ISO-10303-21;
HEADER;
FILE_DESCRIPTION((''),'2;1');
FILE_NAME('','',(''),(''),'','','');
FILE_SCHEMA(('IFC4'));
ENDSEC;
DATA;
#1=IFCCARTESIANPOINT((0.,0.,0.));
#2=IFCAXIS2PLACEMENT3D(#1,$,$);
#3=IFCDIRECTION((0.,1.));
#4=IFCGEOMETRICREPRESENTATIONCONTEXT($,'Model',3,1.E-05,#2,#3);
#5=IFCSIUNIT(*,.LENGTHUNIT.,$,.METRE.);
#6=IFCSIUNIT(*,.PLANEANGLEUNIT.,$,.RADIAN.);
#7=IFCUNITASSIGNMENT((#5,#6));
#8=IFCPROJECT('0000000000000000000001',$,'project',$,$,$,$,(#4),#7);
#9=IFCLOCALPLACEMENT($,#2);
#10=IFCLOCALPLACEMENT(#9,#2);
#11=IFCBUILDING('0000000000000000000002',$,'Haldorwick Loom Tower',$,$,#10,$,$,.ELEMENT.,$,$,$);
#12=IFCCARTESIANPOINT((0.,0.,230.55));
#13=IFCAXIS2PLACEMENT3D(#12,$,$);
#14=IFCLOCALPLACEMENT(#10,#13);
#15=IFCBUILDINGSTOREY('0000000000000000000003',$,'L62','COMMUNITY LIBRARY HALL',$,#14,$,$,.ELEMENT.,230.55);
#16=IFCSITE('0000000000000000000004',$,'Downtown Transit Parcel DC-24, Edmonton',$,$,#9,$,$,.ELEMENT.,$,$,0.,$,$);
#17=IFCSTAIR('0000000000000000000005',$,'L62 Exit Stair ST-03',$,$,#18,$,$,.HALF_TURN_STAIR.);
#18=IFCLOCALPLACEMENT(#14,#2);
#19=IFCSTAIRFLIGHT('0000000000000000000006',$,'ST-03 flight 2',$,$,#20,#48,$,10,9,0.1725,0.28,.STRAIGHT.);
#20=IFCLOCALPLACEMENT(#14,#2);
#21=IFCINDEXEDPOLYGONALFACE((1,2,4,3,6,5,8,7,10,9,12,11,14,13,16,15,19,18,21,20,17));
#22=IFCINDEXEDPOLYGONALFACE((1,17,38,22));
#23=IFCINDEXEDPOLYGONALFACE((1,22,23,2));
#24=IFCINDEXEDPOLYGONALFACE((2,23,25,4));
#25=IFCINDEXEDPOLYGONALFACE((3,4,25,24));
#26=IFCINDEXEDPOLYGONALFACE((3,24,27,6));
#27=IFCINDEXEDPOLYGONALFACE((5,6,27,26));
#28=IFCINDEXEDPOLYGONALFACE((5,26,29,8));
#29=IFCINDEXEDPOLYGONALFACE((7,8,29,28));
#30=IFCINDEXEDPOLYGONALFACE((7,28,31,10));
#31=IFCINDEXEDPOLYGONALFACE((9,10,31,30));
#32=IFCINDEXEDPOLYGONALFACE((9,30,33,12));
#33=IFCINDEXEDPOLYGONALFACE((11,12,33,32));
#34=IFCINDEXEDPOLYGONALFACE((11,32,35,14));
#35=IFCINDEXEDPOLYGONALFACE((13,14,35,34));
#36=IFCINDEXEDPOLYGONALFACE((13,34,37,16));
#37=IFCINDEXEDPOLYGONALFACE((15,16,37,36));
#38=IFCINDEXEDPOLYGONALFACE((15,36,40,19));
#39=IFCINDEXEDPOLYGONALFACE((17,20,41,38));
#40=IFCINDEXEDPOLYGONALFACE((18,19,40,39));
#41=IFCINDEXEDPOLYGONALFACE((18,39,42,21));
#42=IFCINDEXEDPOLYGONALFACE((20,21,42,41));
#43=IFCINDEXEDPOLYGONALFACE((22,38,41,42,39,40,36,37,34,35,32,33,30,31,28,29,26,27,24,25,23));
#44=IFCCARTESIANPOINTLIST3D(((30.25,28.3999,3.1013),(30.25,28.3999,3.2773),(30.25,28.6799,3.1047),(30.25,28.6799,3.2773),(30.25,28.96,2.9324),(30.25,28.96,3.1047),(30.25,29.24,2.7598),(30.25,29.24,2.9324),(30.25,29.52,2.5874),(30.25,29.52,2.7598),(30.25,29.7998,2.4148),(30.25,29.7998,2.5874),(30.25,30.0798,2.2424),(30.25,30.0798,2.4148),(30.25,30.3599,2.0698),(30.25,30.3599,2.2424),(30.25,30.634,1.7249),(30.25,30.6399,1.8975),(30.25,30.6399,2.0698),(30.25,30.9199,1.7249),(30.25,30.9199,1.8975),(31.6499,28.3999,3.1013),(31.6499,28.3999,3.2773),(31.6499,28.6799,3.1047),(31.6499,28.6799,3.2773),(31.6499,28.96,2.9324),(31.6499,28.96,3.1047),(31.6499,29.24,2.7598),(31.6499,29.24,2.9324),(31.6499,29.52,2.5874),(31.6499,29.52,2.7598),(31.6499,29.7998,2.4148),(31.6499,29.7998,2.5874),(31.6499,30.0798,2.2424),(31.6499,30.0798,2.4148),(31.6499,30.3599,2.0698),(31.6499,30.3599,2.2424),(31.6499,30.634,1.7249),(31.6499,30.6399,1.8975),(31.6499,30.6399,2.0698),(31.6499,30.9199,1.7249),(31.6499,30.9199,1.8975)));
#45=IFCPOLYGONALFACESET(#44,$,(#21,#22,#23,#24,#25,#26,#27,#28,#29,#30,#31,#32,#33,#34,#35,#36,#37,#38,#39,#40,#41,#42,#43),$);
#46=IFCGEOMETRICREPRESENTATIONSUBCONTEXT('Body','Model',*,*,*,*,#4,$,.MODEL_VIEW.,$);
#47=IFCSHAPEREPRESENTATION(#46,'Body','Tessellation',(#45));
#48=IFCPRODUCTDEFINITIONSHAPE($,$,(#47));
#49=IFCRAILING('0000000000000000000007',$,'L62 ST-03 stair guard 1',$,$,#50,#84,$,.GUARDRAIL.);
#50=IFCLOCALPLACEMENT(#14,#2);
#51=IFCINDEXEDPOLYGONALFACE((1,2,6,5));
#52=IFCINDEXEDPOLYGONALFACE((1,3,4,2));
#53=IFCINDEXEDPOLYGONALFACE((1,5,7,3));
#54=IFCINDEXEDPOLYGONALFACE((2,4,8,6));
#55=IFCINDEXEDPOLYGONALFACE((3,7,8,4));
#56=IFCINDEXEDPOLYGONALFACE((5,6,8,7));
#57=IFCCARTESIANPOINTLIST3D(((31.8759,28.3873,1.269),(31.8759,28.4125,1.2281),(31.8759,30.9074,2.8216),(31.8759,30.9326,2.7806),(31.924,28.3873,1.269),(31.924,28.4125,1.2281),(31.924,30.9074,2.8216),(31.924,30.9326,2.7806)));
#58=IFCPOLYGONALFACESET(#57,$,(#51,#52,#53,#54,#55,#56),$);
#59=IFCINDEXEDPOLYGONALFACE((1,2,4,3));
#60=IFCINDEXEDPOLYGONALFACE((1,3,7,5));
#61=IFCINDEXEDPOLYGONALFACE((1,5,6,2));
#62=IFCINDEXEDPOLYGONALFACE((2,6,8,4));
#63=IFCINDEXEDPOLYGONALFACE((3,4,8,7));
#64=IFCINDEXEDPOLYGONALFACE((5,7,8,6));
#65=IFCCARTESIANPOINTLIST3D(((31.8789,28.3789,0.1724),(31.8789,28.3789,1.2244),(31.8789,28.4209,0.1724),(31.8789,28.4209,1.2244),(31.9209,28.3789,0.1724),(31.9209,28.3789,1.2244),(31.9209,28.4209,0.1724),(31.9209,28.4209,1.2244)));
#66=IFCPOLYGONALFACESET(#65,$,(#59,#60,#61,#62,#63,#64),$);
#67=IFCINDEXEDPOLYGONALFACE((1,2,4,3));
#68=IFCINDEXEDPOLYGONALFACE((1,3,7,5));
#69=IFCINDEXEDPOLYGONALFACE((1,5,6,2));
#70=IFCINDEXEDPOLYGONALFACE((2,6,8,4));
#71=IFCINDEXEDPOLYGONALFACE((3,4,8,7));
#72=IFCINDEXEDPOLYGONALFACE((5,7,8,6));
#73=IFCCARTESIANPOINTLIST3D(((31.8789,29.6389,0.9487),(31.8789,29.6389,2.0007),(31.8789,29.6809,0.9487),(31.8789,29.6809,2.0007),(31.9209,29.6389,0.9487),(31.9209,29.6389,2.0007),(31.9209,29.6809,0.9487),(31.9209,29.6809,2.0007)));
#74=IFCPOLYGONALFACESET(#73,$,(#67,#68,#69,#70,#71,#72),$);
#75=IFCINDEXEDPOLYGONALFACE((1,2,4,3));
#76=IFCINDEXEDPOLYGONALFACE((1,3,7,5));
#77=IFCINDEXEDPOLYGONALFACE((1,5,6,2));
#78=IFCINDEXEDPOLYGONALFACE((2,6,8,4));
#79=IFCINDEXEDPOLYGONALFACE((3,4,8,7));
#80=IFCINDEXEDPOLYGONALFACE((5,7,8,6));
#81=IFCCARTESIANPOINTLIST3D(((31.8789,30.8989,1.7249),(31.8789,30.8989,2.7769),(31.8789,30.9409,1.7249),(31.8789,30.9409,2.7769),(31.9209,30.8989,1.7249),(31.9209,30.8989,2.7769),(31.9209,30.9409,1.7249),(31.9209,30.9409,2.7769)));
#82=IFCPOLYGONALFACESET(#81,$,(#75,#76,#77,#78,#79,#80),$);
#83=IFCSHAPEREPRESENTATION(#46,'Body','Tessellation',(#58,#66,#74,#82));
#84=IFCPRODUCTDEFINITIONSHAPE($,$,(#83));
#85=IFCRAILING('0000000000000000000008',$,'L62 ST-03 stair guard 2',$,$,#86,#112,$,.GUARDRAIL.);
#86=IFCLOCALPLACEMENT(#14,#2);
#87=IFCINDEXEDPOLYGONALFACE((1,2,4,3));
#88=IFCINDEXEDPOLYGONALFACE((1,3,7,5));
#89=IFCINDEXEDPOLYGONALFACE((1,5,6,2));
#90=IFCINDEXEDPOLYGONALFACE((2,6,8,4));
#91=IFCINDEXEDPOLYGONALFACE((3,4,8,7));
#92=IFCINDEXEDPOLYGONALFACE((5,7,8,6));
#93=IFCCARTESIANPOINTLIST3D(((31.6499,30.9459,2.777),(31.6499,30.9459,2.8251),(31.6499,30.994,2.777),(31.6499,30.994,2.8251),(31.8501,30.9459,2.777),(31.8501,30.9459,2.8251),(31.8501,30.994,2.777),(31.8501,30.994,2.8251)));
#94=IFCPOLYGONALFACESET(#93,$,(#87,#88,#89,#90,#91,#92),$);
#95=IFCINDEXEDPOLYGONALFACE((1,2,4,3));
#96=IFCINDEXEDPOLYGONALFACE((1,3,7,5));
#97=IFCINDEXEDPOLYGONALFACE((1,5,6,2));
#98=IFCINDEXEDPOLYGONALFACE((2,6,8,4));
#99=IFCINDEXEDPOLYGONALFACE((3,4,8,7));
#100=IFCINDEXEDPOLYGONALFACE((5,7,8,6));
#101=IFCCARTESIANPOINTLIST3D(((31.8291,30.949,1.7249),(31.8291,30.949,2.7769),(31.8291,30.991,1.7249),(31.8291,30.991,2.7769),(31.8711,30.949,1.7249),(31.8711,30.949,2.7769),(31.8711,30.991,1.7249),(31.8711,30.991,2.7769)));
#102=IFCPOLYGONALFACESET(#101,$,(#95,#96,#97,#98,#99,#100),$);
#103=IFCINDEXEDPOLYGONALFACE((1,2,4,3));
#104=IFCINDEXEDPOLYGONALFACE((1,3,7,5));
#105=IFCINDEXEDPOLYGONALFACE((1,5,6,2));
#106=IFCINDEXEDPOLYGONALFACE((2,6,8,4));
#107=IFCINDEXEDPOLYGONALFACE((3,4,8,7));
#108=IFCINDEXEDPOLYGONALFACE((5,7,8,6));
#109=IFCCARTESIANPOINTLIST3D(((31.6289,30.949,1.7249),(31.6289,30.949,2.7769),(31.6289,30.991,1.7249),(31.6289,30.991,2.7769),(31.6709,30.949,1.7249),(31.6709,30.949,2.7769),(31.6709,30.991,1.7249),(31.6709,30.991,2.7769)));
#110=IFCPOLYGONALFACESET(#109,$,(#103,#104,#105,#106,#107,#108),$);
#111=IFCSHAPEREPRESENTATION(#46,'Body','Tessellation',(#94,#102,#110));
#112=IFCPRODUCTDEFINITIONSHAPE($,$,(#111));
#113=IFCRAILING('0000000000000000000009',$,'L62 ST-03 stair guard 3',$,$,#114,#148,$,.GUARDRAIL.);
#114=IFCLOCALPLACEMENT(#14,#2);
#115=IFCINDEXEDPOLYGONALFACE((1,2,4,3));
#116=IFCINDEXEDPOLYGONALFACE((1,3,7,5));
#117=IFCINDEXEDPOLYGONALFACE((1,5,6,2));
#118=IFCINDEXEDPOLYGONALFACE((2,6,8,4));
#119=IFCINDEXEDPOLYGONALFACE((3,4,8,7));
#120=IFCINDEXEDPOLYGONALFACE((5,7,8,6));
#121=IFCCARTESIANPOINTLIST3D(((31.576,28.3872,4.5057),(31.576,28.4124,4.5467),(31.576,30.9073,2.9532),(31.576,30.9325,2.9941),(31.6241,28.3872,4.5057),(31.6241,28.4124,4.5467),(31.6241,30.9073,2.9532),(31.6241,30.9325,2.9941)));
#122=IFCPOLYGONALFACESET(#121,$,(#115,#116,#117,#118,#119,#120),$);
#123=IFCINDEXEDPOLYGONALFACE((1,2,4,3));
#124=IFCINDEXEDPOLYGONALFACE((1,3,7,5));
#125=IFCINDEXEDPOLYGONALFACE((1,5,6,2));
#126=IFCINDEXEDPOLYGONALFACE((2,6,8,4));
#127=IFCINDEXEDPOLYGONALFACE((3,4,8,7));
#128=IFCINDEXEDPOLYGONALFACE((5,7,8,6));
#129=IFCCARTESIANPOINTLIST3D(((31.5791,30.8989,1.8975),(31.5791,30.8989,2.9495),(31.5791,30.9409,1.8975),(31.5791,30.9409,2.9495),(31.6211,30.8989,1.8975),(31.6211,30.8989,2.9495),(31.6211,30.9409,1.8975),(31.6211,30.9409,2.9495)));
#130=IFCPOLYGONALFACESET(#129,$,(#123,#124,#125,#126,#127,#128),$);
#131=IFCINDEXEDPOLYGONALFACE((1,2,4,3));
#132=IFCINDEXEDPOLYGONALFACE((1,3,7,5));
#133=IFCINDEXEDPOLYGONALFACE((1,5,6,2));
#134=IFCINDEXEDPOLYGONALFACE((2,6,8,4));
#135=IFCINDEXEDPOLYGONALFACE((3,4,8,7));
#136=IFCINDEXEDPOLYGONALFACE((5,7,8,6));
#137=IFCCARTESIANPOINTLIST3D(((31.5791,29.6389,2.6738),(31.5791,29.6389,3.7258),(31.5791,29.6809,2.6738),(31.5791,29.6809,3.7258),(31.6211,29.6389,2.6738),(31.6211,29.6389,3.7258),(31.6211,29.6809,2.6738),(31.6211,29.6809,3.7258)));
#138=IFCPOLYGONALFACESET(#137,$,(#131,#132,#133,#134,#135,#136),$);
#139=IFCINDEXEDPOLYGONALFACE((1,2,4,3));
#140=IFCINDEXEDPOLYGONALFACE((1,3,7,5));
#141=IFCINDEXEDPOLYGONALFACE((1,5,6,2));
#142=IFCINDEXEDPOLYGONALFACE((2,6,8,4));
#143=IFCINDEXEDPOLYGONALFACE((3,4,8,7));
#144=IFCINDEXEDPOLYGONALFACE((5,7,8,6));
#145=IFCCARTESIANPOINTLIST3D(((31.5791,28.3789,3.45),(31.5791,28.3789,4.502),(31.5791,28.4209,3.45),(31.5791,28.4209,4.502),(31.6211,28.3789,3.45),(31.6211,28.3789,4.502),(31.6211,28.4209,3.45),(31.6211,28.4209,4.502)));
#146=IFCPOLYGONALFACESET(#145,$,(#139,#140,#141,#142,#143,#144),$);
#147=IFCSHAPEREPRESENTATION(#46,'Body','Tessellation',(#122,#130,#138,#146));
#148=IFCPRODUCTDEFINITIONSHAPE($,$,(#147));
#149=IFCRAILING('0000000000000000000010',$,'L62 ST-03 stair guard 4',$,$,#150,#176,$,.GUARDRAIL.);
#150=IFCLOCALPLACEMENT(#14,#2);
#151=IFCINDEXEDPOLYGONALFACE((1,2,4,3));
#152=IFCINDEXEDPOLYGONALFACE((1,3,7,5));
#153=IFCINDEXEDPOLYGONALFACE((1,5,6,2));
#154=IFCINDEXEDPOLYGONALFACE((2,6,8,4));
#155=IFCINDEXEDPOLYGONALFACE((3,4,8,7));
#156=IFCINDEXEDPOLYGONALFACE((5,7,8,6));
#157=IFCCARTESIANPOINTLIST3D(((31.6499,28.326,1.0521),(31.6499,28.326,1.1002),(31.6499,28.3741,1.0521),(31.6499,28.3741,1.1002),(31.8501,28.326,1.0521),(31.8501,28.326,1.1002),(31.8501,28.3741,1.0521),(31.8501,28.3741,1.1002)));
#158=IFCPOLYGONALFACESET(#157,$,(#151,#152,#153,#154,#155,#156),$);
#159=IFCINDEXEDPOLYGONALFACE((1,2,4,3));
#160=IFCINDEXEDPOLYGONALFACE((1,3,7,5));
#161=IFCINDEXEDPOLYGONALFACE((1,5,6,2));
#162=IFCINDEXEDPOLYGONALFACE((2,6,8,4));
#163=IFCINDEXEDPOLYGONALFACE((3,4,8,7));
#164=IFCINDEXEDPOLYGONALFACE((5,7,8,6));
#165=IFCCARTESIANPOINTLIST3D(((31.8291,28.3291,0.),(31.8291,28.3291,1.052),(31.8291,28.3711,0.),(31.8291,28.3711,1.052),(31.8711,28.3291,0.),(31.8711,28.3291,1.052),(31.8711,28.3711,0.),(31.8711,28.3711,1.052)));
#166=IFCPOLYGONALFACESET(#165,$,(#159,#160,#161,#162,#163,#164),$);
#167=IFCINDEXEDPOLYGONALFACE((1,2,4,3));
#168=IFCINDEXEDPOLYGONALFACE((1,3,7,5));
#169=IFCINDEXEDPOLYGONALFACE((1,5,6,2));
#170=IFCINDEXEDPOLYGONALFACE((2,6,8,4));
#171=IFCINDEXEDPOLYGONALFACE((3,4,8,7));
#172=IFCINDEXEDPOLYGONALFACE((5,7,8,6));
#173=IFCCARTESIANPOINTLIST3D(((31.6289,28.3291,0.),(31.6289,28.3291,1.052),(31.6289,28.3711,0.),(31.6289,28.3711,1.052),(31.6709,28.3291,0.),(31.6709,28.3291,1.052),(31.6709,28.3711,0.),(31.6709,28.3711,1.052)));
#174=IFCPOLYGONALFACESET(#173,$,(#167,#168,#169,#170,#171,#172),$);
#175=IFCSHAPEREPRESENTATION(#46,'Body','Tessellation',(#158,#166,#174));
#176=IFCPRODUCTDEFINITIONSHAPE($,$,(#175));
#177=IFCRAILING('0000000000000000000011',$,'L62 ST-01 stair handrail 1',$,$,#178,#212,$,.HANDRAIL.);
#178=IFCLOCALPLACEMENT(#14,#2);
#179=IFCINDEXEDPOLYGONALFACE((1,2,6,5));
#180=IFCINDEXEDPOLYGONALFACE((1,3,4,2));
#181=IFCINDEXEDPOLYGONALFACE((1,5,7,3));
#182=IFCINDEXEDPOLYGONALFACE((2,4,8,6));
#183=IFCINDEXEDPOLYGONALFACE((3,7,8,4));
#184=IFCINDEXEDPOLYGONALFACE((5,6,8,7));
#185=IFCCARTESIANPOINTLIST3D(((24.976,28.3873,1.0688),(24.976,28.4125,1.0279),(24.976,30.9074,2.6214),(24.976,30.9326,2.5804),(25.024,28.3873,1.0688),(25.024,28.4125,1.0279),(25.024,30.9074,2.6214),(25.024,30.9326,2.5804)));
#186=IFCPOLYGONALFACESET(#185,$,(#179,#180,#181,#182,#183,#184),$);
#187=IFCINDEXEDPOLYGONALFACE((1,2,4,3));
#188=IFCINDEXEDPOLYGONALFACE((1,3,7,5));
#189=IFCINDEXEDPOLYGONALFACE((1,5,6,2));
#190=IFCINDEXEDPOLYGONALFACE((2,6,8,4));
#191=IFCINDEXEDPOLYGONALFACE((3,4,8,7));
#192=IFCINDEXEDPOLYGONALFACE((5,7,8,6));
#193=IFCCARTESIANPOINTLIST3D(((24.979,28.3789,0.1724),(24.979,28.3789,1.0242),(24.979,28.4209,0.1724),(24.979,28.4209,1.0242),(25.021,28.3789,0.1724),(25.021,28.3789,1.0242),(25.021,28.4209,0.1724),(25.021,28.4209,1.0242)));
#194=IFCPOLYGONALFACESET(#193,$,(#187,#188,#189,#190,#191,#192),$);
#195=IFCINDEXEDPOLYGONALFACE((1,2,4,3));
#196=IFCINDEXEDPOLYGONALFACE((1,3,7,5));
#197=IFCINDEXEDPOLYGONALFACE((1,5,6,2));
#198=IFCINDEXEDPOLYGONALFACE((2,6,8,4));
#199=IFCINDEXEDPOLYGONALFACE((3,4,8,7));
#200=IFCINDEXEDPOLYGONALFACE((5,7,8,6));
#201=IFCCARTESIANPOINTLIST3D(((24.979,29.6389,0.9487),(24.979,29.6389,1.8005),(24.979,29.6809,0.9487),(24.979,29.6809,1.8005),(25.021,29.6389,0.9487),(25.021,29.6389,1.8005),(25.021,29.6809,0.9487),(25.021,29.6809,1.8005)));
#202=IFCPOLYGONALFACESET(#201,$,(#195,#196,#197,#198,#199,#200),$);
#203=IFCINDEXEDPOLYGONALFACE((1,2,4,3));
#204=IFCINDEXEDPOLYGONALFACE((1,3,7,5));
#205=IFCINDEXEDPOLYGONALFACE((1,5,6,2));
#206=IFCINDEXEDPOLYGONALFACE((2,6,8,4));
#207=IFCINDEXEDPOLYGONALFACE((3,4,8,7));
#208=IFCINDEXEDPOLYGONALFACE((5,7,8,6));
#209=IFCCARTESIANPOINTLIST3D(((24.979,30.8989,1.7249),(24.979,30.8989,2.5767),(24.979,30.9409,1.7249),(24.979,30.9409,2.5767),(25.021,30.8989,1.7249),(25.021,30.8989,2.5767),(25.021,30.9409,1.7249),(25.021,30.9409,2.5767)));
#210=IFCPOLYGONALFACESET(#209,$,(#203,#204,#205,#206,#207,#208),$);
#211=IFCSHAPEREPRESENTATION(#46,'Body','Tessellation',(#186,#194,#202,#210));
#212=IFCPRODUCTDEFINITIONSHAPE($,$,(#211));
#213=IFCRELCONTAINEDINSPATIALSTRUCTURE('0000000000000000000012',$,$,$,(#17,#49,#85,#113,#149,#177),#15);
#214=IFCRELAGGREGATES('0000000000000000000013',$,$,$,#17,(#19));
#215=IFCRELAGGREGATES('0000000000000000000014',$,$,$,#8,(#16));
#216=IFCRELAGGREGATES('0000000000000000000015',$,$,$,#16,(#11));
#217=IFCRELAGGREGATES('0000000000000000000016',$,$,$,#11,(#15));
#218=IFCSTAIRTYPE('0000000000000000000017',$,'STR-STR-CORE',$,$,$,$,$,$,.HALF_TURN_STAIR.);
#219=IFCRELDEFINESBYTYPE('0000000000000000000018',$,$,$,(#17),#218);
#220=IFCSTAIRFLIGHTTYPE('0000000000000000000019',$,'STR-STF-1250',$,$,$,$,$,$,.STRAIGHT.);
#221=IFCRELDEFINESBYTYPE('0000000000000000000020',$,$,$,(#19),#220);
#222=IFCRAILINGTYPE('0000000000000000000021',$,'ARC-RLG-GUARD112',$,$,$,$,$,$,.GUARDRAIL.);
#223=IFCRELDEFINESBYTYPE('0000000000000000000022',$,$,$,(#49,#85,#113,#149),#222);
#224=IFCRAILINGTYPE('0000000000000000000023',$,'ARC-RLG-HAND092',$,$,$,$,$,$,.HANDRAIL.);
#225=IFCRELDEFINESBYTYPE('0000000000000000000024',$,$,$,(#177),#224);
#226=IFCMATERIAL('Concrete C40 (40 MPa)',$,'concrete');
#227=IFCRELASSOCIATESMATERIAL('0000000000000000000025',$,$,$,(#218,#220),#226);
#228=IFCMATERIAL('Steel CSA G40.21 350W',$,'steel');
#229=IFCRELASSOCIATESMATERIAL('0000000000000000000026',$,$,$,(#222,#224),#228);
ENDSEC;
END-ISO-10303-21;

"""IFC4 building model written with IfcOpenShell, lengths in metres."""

from ifc_helpers import new_model, si_unit, direction, frame, origin, origin_2d, place, context, subcontext, project, spatial, polyline, rectangle, outline, extrude, material, type_object, element, aggregate, save


model = new_model("IFC4")

# Units and contexts
model_context = context("Model", 3, precision=1e-05, world=origin(), true_north=direction((0.0, 1.0)))
body_context = subcontext(model_context, "Body", "Model", "MODEL_VIEW")
ifc_project = project(units=[si_unit("LENGTHUNIT", "METRE"), si_unit("PLANEANGLEUNIT", "RADIAN")], contexts=[model_context])

# Site, building, storey
site_placement = place(None, origin())
site = spatial("IfcSite", under=ifc_project, at=site_placement, Name="Downtown Transit Parcel DC-24, Edmonton", CompositionType="ELEMENT", RefElevation=0.0)
building_placement = place(site_placement, origin())
building = spatial("IfcBuilding", under=site, at=building_placement, Name="Haldorwick Loom Tower", CompositionType="ELEMENT")
storey_placement = place(building_placement, frame((0.0, 0.0, 230.55)))
storey = spatial("IfcBuildingStorey", under=building, at=storey_placement, Name="L62", Description="COMMUNITY LIBRARY HALL", CompositionType="ELEMENT", Elevation=230.55)

# Shared definitions
ifc_material_1 = material(Name="Steel CSA G40.21 350W", Category="steel")

# Stair, stair flight
ifc_material_2 = material(Name="Concrete C40 (40 MPa)", Category="concrete")
stair_type = type_object("IfcStairType", Name="STR-STR-CORE", PredefinedType="HALF_TURN_STAIR", material=ifc_material_2)
stair_placement = place(storey_placement, origin())
stair = element("IfcStair", 1, at=stair_placement, inside=storey, type_object=stair_type, Name="L62 Exit Stair ST-03", PredefinedType="HALF_TURN_STAIR")
stair_flight_type = type_object("IfcStairFlightType", Name="STR-STF-1250", PredefinedType="STRAIGHT", material=ifc_material_2)
stair_flight_1_placement = place(storey_placement, frame((30.95, 30.9199, 1.7249), z_axis=(0.0, 0.0, 1.0), x_axis=(0.0, -1.0, 0.0)))
stair_flight_1 = element("IfcStairFlight", 2, at=stair_flight_1_placement, type_object=stair_flight_type, Name="ST-03 flight 2", NumberOfRisers=10, NumberOfTreads=9, PredefinedType="STRAIGHT", RiserHeight=0.1725, TreadLength=0.28, context=body_context, shape_type="SweptSolid", body=[
    extrude(outline(polyline([(0.0, 0.0), (0.0, 0.1726), (0.28, 0.1726), (0.28, 0.345), (0.5601, 0.345), (0.5601, 0.5176), (0.8401, 0.5176), (0.8401, 0.6899), (1.1201, 0.6899), (1.1201, 0.8625), (1.3999, 0.8625), (1.3999, 1.0349), (1.6799, 1.0349), (1.6799, 1.2075), (1.96, 1.2075), (1.96, 1.3799), (2.24, 1.3799), (2.24, 1.5525), (2.52, 1.5525), (2.52, 1.7251), (2.52, 1.3765), (0.2859, 0.0), (0.0, 0.0)])), frame((0.0, 0.7, 0.0), z_axis=(0.0, -1.0, 0.0), x_axis=(1.0, 0.0, 0.0)), (0.0, 0.0, 1.0), 1.3999),
])
aggregate(stair, [stair_flight_1])

# Railings
railing_type_1 = type_object("IfcRailingType", Name="ARC-RLG-GUARD112", PredefinedType="GUARDRAIL", material=ifc_material_1)
railing_1_placement = place(storey_placement, frame((31.8999, 28.3999, 0.1724)))
element("IfcRailing", 3, at=railing_1_placement, inside=storey, type_object=railing_type_1, Name="L62 ST-03 stair guard 1", PredefinedType="GUARDRAIL", context=body_context, shape_type="SweptSolid", body=[
    extrude(rectangle(XDim=0.0481, YDim=0.0481, at=origin_2d()), frame((0.0, 0.0, 1.0762), z_axis=(0.0, 0.8514, 0.524516), x_axis=(-1.0, 0.0, 0.0)), (0.0, 0.0, 1.0), 2.96),
    extrude(rectangle(XDim=0.042, YDim=0.042, at=origin_2d()), origin(), (0.0, 0.0, 1.0), 1.052),
    extrude(rectangle(XDim=0.042, YDim=0.042, at=origin_2d()), frame((0.0, 1.26, 0.7764)), (0.0, 0.0, 1.0), 1.052),
    extrude(rectangle(XDim=0.042, YDim=0.042, at=origin_2d()), frame((0.0, 2.52, 1.5525)), (0.0, 0.0, 1.0), 1.052),
])
railing_2_placement = place(storey_placement, frame((31.8501, 30.97, 1.7249)))
element("IfcRailing", 4, at=railing_2_placement, inside=storey, type_object=railing_type_1, Name="L62 ST-03 stair guard 2", PredefinedType="GUARDRAIL", context=body_context, shape_type="SweptSolid", body=[
    extrude(rectangle(XDim=0.0481, YDim=0.0481, at=origin_2d()), frame((0.0, 0.0, 1.0762), z_axis=(-1.0, 0.0, 0.0), x_axis=(0.0, -1.0, 0.0)), (0.0, 0.0, 1.0), 0.2002),
    extrude(rectangle(XDim=0.042, YDim=0.042, at=origin_2d()), origin(), (0.0, 0.0, 1.0), 1.052),
    extrude(rectangle(XDim=0.042, YDim=0.042, at=origin_2d()), frame((-0.2002, 0.0, 0.0)), (0.0, 0.0, 1.0), 1.052),
])
railing_3_placement = place(storey_placement, frame((31.6001, 30.9199, 1.8975)))
element("IfcRailing", 5, at=railing_3_placement, inside=storey, type_object=railing_type_1, Name="L62 ST-03 stair guard 3", PredefinedType="GUARDRAIL", context=body_context, shape_type="SweptSolid", body=[
    extrude(rectangle(XDim=0.0481, YDim=0.0481, at=origin_2d()), frame((0.0, 0.0, 1.0762), z_axis=(0.0, -0.8514, 0.524516), x_axis=(1.0, 0.0, 0.0)), (0.0, 0.0, 1.0), 2.96),
    extrude(rectangle(XDim=0.042, YDim=0.042, at=origin_2d()), origin(), (0.0, 0.0, 1.0), 1.052),
    extrude(rectangle(XDim=0.042, YDim=0.042, at=origin_2d()), frame((0.0, -1.26, 0.7764)), (0.0, 0.0, 1.0), 1.052),
    extrude(rectangle(XDim=0.042, YDim=0.042, at=origin_2d()), frame((0.0, -2.52, 1.5525)), (0.0, 0.0, 1.0), 1.052),
])
railing_4_placement = place(storey_placement, frame((31.8501, 28.3501, 0.0)))
element("IfcRailing", 6, at=railing_4_placement, inside=storey, type_object=railing_type_1, Name="L62 ST-03 stair guard 4", PredefinedType="GUARDRAIL", context=body_context, shape_type="SweptSolid", body=[
    extrude(rectangle(XDim=0.0481, YDim=0.0481, at=origin_2d()), frame((0.0, 0.0, 1.0762), z_axis=(-1.0, 0.0, 0.0), x_axis=(0.0, -1.0, 0.0)), (0.0, 0.0, 1.0), 0.2002),
    extrude(rectangle(XDim=0.042, YDim=0.042, at=origin_2d()), origin(), (0.0, 0.0, 1.0), 1.052),
    extrude(rectangle(XDim=0.042, YDim=0.042, at=origin_2d()), frame((-0.2002, 0.0, 0.0)), (0.0, 0.0, 1.0), 1.052),
])
railing_type_2 = type_object("IfcRailingType", Name="ARC-RLG-HAND092", PredefinedType="HANDRAIL", material=ifc_material_1)
for number, where, name in (
    (7, (25.0, 28.3999, 0.1724), "L62 ST-01 stair handrail 1"),
):
    element("IfcRailing", number, at=place(storey_placement, frame(where)), inside=storey, type_object=railing_type_2, Name=name, PredefinedType="HANDRAIL", context=body_context, shape_type="SweptSolid", body=[
        extrude(rectangle(XDim=0.0481, YDim=0.0481, at=origin_2d()), frame((0.0, 0.0, 0.876), z_axis=(0.0, 0.8514, 0.524516), x_axis=(-1.0, 0.0, 0.0)), (0.0, 0.0, 1.0), 2.96),
        extrude(rectangle(XDim=0.042, YDim=0.042, at=origin_2d()), origin(), (0.0, 0.0, 1.0), 0.8518),
        extrude(rectangle(XDim=0.042, YDim=0.042, at=origin_2d()), frame((0.0, 1.26, 0.7764)), (0.0, 0.0, 1.0), 0.8518),
        extrude(rectangle(XDim=0.042, YDim=0.042, at=origin_2d()), frame((0.0, 2.52, 1.5525)), (0.0, 0.0, 1.0), 0.8518),
    ])

save(model, "model.ifc")
